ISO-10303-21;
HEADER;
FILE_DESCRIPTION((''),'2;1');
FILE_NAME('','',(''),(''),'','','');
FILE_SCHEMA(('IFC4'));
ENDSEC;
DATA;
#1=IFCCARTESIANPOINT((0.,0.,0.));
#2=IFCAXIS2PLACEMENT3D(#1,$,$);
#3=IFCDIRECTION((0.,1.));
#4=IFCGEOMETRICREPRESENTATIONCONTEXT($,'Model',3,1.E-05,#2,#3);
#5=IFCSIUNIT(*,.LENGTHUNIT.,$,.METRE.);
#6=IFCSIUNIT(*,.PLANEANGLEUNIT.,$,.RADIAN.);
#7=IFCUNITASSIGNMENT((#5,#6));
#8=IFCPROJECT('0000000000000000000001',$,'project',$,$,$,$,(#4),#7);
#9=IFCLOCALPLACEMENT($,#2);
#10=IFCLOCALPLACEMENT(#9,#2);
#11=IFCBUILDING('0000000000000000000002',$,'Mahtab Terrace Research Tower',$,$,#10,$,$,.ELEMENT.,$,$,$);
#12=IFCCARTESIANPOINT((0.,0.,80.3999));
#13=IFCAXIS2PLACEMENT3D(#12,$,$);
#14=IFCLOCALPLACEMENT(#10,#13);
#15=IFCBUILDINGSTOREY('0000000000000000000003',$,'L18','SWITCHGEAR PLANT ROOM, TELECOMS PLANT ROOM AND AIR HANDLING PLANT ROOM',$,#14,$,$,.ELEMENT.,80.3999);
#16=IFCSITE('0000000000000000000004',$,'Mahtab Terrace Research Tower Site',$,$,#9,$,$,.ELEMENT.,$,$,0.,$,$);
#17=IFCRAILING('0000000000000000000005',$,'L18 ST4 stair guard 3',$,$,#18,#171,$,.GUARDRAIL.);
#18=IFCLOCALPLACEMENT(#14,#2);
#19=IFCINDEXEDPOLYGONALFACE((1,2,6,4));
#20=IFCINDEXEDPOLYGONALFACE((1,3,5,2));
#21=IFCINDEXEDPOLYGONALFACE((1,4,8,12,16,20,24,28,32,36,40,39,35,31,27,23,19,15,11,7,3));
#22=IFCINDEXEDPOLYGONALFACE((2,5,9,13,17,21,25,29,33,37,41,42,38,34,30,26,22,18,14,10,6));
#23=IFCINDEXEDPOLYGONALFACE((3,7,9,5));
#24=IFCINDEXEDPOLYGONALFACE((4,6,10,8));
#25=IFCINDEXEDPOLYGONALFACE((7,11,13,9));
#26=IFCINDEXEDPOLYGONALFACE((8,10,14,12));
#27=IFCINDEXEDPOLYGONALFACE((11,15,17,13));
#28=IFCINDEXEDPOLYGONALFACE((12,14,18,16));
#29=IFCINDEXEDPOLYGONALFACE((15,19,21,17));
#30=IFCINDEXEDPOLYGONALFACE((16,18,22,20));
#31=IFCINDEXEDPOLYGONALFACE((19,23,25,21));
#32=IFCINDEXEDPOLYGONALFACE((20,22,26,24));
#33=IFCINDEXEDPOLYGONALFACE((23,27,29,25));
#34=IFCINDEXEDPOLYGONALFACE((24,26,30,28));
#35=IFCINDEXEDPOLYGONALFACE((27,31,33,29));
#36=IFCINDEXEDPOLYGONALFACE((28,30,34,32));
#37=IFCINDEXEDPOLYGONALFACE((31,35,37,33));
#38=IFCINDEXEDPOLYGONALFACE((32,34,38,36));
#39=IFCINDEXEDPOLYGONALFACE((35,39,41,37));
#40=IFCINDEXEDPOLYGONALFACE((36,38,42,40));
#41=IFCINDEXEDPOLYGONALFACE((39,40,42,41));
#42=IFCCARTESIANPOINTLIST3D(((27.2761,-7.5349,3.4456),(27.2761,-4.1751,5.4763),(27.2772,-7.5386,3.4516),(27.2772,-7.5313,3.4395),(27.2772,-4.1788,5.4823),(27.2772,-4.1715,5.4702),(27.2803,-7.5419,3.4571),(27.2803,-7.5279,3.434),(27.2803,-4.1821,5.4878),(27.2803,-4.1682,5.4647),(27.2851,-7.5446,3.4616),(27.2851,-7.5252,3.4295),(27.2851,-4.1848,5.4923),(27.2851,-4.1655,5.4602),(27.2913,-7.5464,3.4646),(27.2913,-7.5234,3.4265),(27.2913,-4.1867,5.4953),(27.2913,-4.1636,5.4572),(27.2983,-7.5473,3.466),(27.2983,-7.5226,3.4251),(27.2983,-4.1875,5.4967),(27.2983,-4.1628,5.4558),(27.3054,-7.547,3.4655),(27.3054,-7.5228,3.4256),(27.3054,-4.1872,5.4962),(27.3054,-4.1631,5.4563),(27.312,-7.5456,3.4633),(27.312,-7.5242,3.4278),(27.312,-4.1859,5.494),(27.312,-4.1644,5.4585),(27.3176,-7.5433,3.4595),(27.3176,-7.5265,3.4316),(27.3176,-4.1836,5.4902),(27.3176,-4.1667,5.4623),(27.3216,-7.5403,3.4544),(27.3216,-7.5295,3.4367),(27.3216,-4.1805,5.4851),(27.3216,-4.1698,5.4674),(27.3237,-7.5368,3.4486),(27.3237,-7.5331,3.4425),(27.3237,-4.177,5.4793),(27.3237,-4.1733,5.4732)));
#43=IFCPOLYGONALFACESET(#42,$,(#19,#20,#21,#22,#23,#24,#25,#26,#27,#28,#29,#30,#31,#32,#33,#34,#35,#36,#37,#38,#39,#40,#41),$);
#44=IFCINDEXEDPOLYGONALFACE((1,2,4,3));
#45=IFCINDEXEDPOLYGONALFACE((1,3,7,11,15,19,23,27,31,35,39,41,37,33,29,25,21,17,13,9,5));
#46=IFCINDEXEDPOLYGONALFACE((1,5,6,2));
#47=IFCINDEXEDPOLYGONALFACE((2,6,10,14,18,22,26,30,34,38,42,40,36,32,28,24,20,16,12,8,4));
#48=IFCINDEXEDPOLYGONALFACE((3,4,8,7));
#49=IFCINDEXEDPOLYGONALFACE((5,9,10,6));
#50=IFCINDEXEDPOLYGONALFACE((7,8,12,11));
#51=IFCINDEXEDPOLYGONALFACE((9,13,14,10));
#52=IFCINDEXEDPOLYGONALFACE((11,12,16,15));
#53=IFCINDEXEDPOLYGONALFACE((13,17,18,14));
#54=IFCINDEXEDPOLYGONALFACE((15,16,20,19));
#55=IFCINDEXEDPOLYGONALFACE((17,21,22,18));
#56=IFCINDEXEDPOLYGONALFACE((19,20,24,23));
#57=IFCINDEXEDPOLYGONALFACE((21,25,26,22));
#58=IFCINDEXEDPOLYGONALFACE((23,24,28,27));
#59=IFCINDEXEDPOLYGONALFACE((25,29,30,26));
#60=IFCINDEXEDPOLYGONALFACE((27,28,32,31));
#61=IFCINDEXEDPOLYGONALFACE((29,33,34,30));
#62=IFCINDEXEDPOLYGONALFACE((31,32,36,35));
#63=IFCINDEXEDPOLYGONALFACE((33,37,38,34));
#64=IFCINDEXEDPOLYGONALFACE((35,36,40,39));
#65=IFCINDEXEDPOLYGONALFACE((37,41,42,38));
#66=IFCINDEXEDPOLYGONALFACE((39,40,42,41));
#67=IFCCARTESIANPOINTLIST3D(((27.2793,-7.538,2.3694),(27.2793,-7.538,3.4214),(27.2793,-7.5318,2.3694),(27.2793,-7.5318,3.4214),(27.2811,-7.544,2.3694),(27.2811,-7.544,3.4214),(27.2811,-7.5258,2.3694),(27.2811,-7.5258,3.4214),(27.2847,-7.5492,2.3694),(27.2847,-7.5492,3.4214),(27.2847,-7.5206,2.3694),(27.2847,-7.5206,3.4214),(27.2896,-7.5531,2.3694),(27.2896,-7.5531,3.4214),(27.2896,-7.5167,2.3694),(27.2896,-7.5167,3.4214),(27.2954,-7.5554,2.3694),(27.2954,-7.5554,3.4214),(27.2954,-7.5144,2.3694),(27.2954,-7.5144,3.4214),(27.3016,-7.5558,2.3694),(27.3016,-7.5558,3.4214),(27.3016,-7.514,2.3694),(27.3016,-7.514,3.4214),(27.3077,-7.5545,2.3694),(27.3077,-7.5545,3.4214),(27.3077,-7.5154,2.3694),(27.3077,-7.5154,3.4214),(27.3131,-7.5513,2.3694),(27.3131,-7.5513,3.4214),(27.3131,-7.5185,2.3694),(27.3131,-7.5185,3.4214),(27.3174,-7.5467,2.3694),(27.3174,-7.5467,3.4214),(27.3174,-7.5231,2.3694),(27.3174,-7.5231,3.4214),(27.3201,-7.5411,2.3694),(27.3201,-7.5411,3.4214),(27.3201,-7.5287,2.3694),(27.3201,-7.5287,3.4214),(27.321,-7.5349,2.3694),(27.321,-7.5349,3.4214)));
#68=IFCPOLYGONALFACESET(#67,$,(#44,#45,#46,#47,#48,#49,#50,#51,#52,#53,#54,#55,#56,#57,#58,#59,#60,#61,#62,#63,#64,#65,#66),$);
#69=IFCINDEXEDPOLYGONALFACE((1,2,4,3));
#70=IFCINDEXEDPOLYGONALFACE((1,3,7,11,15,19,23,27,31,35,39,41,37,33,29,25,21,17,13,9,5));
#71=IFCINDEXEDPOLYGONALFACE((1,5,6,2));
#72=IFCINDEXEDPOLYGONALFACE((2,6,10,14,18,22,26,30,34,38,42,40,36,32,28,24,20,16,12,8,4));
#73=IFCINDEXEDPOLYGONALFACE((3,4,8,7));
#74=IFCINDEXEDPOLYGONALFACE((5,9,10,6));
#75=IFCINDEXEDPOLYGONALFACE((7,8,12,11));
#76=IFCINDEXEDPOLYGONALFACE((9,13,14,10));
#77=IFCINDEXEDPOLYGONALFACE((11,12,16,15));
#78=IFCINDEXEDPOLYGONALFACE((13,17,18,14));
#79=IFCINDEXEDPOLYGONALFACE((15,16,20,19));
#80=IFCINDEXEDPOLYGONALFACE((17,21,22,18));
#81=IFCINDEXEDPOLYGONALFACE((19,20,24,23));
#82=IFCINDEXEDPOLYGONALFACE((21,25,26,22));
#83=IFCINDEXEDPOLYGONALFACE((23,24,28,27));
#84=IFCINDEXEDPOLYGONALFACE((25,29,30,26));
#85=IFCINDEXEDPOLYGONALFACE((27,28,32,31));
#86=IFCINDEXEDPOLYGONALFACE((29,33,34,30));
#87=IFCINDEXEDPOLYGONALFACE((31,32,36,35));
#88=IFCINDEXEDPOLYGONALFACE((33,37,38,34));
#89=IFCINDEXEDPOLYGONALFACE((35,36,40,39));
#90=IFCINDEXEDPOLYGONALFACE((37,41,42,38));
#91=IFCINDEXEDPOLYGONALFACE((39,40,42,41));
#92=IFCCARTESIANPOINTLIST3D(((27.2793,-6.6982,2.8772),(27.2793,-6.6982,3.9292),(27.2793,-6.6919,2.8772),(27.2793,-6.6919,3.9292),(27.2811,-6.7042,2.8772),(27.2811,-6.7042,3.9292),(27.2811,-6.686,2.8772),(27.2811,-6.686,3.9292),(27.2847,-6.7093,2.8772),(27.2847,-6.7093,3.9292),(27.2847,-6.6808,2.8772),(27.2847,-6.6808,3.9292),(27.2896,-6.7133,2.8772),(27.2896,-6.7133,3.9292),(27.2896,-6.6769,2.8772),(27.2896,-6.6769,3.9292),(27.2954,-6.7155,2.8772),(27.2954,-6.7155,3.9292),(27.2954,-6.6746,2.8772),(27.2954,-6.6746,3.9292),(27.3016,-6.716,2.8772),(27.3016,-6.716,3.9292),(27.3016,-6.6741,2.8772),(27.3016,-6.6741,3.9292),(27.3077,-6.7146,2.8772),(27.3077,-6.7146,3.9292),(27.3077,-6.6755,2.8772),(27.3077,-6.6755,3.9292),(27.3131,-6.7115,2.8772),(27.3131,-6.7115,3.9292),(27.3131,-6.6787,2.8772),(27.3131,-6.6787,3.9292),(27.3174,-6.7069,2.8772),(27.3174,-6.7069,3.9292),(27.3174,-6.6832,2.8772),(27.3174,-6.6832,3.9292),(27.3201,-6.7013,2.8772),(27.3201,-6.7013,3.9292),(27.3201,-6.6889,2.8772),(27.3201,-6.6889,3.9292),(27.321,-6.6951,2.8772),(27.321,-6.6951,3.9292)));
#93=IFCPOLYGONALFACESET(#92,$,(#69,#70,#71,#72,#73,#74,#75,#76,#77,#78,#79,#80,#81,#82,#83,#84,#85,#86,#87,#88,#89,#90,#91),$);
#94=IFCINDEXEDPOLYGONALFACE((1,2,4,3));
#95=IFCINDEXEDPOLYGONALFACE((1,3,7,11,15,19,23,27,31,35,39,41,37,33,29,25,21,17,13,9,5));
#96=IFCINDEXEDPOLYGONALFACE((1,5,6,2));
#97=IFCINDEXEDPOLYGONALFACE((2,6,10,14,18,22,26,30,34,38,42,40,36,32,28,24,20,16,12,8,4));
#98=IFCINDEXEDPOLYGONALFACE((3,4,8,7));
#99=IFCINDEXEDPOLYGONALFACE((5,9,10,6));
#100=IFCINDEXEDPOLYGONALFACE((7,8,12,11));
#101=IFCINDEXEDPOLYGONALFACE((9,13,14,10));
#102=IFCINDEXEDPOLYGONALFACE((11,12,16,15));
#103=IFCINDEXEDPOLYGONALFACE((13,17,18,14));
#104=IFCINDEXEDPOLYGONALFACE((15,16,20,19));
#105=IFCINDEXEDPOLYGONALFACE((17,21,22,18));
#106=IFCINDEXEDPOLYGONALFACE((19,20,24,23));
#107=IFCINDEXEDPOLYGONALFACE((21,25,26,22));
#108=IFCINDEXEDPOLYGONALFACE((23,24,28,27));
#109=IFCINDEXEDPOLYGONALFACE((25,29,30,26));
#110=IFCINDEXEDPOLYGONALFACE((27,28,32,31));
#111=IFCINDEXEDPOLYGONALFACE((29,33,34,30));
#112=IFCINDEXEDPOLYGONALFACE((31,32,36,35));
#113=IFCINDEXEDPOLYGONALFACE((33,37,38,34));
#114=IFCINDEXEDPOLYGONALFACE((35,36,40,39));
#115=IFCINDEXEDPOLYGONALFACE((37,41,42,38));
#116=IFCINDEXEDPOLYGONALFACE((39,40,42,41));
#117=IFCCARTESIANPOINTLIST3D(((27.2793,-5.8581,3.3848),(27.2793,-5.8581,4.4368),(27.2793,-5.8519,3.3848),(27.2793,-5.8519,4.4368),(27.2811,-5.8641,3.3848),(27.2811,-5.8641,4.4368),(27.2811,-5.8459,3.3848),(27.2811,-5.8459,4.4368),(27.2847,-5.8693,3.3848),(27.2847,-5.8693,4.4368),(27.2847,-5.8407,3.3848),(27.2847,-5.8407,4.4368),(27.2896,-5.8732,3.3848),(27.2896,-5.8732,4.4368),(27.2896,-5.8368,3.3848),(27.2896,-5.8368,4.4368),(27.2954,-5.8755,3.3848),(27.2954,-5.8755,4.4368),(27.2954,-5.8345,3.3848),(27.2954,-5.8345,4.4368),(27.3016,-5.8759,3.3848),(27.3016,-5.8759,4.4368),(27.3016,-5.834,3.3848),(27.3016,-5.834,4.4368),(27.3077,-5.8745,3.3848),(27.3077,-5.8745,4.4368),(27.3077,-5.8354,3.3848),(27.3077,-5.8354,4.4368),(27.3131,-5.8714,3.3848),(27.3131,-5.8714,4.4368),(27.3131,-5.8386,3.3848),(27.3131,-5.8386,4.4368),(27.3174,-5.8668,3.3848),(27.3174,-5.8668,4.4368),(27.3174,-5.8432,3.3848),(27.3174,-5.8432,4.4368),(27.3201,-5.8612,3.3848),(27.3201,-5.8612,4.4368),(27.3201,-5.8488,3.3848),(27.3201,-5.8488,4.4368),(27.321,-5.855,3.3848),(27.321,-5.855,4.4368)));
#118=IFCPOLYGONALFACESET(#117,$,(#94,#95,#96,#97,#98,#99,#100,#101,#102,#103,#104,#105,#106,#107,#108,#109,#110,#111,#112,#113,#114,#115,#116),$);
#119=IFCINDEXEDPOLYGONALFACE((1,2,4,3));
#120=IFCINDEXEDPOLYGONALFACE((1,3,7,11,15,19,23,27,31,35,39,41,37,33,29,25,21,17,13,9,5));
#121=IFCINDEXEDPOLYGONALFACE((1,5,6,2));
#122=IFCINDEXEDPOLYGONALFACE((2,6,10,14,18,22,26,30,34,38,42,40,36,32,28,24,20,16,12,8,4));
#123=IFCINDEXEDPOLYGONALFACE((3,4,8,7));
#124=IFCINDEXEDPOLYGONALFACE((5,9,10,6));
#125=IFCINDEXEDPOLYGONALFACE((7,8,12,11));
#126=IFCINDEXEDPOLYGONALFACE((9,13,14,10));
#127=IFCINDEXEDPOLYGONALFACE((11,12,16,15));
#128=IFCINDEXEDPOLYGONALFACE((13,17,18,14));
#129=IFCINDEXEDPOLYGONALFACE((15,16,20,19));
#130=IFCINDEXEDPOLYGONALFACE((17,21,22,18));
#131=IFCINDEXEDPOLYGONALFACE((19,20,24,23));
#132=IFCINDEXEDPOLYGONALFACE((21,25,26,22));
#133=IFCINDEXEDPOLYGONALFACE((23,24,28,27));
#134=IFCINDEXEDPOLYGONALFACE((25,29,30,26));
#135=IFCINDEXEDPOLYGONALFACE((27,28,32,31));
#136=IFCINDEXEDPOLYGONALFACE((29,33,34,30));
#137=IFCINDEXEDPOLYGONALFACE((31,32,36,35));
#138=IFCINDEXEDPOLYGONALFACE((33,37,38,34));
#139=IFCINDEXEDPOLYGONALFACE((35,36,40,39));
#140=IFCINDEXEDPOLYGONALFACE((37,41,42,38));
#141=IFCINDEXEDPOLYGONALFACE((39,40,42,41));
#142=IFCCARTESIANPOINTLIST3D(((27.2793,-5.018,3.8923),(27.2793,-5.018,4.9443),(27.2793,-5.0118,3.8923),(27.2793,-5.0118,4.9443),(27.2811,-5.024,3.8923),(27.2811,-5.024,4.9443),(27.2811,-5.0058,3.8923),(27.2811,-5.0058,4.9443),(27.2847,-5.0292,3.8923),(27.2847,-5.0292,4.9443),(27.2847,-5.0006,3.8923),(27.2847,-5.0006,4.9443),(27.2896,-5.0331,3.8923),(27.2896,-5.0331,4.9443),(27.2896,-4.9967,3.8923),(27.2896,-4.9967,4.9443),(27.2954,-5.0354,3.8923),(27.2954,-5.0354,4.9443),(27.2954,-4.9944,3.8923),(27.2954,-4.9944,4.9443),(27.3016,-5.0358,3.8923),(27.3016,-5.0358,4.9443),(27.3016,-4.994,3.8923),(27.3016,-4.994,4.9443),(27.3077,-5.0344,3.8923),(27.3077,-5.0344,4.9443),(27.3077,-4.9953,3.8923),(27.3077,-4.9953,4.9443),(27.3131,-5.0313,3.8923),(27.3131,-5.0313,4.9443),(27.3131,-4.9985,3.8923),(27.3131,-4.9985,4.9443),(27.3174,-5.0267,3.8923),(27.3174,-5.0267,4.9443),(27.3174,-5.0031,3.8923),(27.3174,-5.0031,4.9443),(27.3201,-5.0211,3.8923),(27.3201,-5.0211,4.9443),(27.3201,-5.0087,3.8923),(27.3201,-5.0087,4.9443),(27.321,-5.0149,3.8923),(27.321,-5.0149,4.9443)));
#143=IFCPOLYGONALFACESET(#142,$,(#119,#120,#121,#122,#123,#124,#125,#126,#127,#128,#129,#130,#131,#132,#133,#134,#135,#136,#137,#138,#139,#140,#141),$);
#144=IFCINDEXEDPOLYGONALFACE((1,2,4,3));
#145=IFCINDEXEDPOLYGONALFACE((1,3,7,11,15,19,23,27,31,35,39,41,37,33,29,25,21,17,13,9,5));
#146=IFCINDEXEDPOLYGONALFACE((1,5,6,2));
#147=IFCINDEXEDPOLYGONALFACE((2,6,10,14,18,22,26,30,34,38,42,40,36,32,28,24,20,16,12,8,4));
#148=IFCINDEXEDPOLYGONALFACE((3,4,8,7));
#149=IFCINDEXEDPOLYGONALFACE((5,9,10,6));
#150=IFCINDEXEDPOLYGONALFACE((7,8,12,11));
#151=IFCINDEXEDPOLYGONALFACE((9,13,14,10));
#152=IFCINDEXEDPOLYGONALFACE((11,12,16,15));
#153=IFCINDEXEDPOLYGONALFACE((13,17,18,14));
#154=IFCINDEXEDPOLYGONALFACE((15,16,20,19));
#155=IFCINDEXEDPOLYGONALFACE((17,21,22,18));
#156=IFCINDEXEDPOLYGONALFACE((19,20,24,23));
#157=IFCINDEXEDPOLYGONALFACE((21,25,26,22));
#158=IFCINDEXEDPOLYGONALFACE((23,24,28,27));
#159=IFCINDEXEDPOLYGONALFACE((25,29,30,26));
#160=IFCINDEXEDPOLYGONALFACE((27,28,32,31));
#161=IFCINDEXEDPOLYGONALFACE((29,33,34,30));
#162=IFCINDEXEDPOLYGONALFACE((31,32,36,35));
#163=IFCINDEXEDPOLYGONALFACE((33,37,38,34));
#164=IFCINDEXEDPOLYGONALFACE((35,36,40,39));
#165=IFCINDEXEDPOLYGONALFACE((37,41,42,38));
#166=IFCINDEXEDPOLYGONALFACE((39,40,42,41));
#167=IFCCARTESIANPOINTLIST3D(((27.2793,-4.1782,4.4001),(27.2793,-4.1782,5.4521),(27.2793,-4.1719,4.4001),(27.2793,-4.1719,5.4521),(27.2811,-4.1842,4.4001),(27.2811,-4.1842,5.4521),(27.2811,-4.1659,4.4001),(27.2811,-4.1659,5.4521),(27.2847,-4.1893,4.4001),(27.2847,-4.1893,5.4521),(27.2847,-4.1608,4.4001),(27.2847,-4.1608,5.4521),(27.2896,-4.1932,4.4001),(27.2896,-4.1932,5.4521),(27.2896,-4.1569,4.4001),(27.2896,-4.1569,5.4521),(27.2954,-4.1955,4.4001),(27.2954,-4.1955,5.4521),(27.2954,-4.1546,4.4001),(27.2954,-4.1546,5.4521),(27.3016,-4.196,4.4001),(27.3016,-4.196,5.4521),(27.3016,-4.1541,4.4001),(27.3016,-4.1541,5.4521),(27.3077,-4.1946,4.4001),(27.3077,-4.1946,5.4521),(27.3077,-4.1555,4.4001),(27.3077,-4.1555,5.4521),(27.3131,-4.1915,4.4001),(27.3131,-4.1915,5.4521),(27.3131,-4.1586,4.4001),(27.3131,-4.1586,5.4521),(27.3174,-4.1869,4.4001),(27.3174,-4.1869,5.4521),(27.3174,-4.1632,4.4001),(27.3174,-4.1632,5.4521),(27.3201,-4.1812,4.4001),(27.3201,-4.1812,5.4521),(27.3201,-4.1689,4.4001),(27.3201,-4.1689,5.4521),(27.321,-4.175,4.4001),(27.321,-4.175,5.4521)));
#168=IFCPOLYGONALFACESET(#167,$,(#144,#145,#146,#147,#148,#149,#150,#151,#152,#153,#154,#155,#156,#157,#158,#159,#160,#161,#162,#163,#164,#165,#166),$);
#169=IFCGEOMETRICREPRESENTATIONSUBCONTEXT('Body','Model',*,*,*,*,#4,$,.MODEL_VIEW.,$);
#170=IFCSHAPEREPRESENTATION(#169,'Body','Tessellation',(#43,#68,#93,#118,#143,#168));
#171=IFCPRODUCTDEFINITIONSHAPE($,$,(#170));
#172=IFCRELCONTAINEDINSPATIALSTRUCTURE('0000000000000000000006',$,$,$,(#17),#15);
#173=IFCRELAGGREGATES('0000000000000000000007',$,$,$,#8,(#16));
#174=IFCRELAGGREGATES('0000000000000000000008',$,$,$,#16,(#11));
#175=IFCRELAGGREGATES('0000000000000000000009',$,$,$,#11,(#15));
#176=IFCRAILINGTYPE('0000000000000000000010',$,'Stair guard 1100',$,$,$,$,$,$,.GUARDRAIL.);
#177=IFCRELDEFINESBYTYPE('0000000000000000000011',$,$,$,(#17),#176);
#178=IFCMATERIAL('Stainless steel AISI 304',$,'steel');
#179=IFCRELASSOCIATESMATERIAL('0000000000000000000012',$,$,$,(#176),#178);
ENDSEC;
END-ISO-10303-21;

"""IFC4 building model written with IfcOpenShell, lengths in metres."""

from ifc_helpers import new_model, si_unit, direction, frame, origin, origin_2d, place, context, subcontext, project, spatial, circle, extrude, material, type_object, element, save


model = new_model("IFC4")

# Units and contexts
model_context = context("Model", 3, precision=1e-05, world=origin(), true_north=direction((0.0, 1.0)))
body_context = subcontext(model_context, "Body", "Model", "MODEL_VIEW")
ifc_project = project(units=[si_unit("LENGTHUNIT", "METRE"), si_unit("PLANEANGLEUNIT", "RADIAN")], contexts=[model_context])

# Site, building, storey
site_placement = place(None, origin())
site = spatial("IfcSite", under=ifc_project, at=site_placement, Name="Mahtab Terrace Research Tower Site", CompositionType="ELEMENT", RefElevation=0.0)
building_placement = place(site_placement, origin())
building = spatial("IfcBuilding", under=site, at=building_placement, Name="Mahtab Terrace Research Tower", CompositionType="ELEMENT")
storey_placement = place(building_placement, frame((0.0, 0.0, 80.3999)))
storey = spatial("IfcBuildingStorey", under=building, at=storey_placement, Name="L18", Description="SWITCHGEAR PLANT ROOM, TELECOMS PLANT ROOM AND AIR HANDLING PLANT ROOM", CompositionType="ELEMENT", Elevation=80.3999)

# Shared definitions
ifc_material_1 = material(Name="Stainless steel AISI 304", Category="steel")

# Railing
railing_type_1 = type_object("IfcRailingType", Name="Stair guard 1100", PredefinedType="GUARDRAIL", material=ifc_material_1)
railing_1_placement = place(storey_placement, frame((27.3, -7.5349, 2.3694)))
element("IfcRailing", 1, at=railing_1_placement, inside=storey, type_object=railing_type_1, Name="L18 ST4 stair guard 3", PredefinedType="GUARDRAIL", context=body_context, shape_type="SweptSolid", body=[
    extrude(circle(Radius=0.0239, at=origin_2d()), frame((0.0, 0.0, 1.0762), z_axis=(0.0, 0.85582, 0.517273), x_axis=(-1.0, 0.0, 0.0)), (0.0, 0.0, 1.0), 3.9258),
    extrude(circle(Radius=0.021, at=origin_2d()), origin(), (0.0, 0.0, 1.0), 1.052),
    extrude(circle(Radius=0.021, at=origin_2d()), frame((0.0, 0.8398, 0.5078)), (0.0, 0.0, 1.0), 1.052),
    extrude(circle(Radius=0.021, at=origin_2d()), frame((0.0, 1.6799, 1.0154)), (0.0, 0.0, 1.0), 1.052),
    extrude(circle(Radius=0.021, at=origin_2d()), frame((0.0, 2.52, 1.5229)), (0.0, 0.0, 1.0), 1.052),
    extrude(circle(Radius=0.021, at=origin_2d()), frame((0.0, 3.3599, 2.0308)), (0.0, 0.0, 1.0), 1.052),
])

save(model, "model.ifc")
